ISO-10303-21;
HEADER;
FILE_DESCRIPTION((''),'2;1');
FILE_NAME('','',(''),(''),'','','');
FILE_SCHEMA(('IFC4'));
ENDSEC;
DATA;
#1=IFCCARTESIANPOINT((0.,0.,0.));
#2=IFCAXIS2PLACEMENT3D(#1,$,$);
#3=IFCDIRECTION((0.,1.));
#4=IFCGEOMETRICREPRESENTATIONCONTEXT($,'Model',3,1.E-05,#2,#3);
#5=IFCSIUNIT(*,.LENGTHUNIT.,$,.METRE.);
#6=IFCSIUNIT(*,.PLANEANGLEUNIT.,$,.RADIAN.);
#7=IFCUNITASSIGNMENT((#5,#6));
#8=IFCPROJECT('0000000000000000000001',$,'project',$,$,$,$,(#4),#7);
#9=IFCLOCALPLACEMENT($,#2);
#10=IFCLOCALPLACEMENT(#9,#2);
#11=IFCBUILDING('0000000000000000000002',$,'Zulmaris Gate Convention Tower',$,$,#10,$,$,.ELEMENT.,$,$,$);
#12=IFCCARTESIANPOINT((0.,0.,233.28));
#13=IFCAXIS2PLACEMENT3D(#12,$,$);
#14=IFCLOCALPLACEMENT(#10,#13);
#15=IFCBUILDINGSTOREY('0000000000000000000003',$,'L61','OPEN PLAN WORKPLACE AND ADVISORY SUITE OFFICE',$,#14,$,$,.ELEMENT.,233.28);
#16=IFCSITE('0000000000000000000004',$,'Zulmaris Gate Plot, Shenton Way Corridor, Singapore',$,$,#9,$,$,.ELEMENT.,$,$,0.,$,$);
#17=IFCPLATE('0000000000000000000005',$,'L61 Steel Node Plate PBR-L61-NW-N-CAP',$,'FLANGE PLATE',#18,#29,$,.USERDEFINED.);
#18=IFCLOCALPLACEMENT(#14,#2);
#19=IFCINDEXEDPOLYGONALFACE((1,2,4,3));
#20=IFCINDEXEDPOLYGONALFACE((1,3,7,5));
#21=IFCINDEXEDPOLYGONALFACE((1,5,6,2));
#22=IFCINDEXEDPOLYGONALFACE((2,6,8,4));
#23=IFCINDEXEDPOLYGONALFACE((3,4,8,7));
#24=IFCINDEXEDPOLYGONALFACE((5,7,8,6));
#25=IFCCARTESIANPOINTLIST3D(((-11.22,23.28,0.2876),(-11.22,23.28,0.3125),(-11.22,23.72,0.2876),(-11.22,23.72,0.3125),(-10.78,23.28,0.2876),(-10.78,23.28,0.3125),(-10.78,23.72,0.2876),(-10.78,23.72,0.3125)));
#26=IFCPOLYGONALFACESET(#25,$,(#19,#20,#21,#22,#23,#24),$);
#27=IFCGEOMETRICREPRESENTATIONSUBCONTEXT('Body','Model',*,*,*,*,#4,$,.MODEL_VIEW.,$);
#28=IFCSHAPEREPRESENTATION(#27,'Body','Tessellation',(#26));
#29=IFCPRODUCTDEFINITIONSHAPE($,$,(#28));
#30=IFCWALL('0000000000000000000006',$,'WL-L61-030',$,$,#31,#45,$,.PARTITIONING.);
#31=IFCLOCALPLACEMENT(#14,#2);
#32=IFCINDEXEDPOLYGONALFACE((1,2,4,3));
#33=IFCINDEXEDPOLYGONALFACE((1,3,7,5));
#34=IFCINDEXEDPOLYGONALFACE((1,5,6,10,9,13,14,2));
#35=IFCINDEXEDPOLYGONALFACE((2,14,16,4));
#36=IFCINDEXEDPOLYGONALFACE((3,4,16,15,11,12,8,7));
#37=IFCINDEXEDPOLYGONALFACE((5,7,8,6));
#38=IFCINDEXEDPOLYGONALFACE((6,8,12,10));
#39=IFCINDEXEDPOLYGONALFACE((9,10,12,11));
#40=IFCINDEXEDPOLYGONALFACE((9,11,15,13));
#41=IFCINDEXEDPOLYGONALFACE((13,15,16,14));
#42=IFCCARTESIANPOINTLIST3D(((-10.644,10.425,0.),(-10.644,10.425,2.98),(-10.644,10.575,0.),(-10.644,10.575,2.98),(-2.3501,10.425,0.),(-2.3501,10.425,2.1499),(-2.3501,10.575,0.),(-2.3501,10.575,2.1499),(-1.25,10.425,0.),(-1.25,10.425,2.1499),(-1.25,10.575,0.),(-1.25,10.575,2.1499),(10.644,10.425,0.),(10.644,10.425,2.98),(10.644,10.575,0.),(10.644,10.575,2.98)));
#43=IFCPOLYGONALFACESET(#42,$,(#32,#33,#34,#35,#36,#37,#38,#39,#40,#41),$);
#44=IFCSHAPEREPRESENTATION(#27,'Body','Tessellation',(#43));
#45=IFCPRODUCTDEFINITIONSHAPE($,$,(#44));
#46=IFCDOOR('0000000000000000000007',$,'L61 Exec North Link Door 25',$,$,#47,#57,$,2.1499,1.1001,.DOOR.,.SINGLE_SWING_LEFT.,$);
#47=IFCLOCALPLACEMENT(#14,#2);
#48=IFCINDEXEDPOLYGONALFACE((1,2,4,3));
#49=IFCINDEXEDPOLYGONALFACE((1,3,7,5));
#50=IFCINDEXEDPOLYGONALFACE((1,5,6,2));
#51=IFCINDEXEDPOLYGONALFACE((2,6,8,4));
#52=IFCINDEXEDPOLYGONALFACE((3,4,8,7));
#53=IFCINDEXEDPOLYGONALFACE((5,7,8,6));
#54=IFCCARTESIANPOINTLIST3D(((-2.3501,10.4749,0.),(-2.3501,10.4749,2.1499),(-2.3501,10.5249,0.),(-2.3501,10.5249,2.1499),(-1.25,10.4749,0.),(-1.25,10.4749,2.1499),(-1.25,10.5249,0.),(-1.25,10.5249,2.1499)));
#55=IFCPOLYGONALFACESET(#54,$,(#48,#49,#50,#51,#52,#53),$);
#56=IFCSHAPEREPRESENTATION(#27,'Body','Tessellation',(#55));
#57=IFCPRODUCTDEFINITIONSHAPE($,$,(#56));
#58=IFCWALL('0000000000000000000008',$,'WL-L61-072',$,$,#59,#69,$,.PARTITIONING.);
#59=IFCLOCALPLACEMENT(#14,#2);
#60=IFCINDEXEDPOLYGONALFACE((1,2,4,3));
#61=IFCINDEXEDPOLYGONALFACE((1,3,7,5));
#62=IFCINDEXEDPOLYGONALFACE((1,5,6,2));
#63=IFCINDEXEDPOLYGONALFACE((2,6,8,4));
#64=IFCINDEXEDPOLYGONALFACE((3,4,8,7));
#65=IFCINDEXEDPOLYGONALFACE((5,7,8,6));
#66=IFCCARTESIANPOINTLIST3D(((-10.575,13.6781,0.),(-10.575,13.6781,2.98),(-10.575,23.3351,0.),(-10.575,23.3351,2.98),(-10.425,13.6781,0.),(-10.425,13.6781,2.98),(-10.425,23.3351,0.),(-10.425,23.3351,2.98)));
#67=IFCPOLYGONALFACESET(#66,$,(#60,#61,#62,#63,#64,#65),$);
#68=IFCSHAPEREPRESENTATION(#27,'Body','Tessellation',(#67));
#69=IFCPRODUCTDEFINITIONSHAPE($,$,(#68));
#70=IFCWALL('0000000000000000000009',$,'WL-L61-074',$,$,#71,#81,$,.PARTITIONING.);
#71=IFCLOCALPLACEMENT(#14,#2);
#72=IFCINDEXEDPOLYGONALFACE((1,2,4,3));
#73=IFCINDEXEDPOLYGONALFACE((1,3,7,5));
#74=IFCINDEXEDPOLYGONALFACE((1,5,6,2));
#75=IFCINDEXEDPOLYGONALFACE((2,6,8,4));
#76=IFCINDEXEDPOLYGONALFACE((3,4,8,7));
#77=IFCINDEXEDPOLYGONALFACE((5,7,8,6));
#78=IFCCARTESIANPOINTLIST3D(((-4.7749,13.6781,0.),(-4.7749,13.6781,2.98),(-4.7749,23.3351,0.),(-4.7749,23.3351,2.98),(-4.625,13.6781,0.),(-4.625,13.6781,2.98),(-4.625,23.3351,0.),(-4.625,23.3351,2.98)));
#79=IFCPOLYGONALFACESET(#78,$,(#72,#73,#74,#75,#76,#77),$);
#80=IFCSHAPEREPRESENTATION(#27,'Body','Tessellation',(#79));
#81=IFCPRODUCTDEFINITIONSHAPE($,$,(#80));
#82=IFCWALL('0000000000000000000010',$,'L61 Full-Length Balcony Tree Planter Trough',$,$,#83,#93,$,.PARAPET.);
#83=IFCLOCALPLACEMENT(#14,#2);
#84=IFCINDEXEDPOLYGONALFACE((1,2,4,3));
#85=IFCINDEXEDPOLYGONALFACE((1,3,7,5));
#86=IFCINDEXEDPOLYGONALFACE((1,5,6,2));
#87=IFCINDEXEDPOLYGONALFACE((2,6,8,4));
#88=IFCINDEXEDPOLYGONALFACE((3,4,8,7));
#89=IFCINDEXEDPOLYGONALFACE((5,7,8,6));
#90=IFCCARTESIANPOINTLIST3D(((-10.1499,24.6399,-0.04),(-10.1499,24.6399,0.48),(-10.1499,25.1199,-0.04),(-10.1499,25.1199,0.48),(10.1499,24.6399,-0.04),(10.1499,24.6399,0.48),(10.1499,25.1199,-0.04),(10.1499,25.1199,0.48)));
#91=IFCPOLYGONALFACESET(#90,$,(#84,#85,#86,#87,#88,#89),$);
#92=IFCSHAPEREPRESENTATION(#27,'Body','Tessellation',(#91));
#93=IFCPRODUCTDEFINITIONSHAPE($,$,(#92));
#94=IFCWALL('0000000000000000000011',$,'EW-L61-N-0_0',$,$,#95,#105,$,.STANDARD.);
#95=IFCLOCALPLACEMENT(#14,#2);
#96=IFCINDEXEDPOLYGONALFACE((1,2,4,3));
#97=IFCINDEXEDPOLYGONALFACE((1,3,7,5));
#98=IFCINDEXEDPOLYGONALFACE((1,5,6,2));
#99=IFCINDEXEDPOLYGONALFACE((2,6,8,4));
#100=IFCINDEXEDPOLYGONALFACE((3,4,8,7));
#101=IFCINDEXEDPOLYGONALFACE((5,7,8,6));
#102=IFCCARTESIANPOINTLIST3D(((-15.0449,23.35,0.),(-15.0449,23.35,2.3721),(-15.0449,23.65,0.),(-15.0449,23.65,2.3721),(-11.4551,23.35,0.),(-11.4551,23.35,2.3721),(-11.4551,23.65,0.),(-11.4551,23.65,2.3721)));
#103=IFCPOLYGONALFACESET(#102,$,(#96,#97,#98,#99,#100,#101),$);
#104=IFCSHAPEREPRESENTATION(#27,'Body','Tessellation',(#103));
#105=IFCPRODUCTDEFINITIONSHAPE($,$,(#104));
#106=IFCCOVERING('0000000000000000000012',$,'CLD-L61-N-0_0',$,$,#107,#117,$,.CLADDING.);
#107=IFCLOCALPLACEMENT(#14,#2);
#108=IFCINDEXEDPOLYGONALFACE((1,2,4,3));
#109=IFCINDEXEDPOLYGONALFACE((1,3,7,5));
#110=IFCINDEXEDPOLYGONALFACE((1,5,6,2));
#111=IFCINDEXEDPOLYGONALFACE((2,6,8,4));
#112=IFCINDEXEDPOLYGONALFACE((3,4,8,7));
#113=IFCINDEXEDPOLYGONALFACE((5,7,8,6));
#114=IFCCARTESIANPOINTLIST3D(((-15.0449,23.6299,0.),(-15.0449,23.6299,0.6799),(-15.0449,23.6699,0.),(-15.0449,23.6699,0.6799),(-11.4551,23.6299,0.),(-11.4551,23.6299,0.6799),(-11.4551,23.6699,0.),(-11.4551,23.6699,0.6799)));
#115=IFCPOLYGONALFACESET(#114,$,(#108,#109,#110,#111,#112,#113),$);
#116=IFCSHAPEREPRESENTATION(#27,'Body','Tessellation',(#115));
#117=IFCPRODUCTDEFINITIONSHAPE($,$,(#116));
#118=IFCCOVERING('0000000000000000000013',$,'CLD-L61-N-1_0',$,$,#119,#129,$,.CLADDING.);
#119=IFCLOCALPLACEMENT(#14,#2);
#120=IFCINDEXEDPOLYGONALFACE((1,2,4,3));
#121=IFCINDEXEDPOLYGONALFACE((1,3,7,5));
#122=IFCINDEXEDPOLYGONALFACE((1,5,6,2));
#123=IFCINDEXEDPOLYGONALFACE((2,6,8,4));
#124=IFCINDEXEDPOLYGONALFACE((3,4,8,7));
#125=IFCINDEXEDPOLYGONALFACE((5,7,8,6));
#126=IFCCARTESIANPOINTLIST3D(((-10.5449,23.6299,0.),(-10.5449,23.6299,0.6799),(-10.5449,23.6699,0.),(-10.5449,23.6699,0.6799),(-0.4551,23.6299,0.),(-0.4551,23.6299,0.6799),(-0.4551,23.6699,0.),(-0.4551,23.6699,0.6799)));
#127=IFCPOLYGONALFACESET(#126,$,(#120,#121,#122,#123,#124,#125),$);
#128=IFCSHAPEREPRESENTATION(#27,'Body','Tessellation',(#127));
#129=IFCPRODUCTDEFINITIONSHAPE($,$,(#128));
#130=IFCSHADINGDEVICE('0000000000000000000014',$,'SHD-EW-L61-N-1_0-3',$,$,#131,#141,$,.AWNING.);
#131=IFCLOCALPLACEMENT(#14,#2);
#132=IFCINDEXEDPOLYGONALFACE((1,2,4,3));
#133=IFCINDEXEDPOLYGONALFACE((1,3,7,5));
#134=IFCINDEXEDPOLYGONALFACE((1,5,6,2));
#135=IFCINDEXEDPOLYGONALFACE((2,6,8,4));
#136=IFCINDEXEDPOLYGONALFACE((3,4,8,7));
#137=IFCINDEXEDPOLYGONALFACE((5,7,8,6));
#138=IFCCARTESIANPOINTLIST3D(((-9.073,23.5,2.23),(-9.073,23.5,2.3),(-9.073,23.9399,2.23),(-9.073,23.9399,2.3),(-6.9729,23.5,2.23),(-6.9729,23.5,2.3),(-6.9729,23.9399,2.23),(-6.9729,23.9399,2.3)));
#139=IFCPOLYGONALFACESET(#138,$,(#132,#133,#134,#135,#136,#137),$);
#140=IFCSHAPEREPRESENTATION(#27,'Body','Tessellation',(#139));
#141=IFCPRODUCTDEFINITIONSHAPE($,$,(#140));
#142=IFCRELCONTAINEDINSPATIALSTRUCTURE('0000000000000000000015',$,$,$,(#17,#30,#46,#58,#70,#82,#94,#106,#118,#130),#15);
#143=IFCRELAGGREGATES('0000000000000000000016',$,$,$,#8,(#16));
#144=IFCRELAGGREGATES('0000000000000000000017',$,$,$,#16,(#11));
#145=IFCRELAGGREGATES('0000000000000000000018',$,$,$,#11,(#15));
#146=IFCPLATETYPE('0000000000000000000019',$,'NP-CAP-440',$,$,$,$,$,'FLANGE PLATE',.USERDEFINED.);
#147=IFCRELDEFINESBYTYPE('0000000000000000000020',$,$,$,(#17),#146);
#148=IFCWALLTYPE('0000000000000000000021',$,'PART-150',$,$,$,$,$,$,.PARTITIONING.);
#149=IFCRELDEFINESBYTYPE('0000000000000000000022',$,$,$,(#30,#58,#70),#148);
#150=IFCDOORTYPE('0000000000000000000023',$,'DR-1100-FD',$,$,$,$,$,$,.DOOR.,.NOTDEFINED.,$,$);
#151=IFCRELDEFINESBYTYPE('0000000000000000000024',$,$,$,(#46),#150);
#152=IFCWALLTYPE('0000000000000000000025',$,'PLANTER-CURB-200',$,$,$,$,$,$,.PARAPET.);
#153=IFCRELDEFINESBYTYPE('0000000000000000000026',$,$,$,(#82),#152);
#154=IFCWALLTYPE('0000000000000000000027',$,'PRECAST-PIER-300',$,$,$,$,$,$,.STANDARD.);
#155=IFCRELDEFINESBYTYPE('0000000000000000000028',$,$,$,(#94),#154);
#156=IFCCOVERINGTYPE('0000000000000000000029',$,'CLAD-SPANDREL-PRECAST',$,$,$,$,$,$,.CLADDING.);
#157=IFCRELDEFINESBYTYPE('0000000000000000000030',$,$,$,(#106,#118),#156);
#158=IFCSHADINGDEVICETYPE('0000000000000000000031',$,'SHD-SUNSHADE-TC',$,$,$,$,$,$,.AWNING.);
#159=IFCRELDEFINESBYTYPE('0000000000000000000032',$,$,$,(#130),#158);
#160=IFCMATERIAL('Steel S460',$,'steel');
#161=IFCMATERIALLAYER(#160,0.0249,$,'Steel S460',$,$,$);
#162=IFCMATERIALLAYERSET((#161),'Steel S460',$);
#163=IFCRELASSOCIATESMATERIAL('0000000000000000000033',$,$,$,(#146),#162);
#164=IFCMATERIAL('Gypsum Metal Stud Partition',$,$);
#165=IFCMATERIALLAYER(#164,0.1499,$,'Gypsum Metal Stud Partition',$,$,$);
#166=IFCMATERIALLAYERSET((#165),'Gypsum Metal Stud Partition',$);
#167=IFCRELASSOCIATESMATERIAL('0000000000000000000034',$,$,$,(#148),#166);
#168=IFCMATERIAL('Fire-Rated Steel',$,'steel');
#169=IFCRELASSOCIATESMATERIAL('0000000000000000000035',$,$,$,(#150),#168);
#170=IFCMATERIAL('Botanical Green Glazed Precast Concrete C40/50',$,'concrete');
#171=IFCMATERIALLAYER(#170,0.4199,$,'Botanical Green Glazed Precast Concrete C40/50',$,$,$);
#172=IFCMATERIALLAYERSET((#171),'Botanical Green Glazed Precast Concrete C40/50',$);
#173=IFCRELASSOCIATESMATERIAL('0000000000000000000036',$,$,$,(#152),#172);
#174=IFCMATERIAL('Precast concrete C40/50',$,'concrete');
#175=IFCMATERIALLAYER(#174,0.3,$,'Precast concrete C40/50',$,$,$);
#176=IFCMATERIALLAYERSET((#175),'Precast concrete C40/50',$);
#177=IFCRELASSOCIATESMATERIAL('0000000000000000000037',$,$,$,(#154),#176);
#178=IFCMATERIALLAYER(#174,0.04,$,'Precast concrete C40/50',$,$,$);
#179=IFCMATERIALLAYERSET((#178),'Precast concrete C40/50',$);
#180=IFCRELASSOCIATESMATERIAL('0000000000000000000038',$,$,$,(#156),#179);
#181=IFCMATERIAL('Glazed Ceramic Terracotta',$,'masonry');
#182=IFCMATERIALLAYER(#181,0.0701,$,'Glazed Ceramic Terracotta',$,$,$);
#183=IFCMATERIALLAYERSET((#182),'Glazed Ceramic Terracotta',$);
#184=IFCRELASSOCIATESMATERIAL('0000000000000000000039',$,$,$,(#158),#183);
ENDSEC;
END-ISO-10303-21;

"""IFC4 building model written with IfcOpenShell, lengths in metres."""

from ifc_helpers import new_model, si_unit, direction, frame, frame_2d, origin, origin_2d, place, context, subcontext, project, spatial, rectangle, extrude, material, layer, layer_set, type_object, element, fill, save


model = new_model("IFC4")

# Units and contexts
model_context = context("Model", 3, precision=1e-05, world=origin(), true_north=direction((0.0, 1.0)))
body_context = subcontext(model_context, "Body", "Model", "MODEL_VIEW")
ifc_project = project(units=[si_unit("LENGTHUNIT", "METRE"), si_unit("PLANEANGLEUNIT", "RADIAN")], contexts=[model_context])

# Site, building, storey
site_placement = place(None, origin())
site = spatial("IfcSite", under=ifc_project, at=site_placement, Name="Zulmaris Gate Plot, Shenton Way Corridor, Singapore", CompositionType="ELEMENT", RefElevation=0.0)
building_placement = place(site_placement, origin())
building = spatial("IfcBuilding", under=site, at=building_placement, Name="Zulmaris Gate Convention Tower", CompositionType="ELEMENT")
storey_placement = place(building_placement, frame((0.0, 0.0, 233.28)))
storey = spatial("IfcBuildingStorey", under=building, at=storey_placement, Name="L61", Description="OPEN PLAN WORKPLACE AND ADVISORY SUITE OFFICE", CompositionType="ELEMENT", Elevation=233.28)

# Plate
ifc_material_1 = material(Name="Steel S460", Category="steel")
ifc_layer_1 = layer(ifc_material_1, 0.0249, Name="Steel S460")
ifc_layer_set_1 = layer_set([ifc_layer_1], Name="Steel S460")
plate_type = type_object("IfcPlateType", Name="NP-CAP-440", ElementType="FLANGE PLATE", PredefinedType="USERDEFINED", material=ifc_layer_set_1)
plate_placement = place(storey_placement, frame((-11.0, 23.5, 0.2876), z_axis=(0.0, 0.0, 1.0), x_axis=(1.0, 0.0, 0.0)))
element("IfcPlate", 1, at=plate_placement, inside=storey, type_object=plate_type, Name="L61 Steel Node Plate PBR-L61-NW-N-CAP", ObjectType="FLANGE PLATE", PredefinedType="USERDEFINED", context=body_context, shape_type="SweptSolid", body=[
    extrude(rectangle(XDim=0.4399, YDim=0.4399, at=origin_2d()), origin(), (0.0, 0.0, 1.0), 0.0249),
])

# Wall, opening, door
ifc_material_2 = material(Name="Gypsum Metal Stud Partition")
ifc_layer_2 = layer(ifc_material_2, 0.1499, Name="Gypsum Metal Stud Partition")
ifc_layer_set_2 = layer_set([ifc_layer_2], Name="Gypsum Metal Stud Partition")
wall_type_1 = type_object("IfcWallType", Name="PART-150", PredefinedType="PARTITIONING", material=ifc_layer_set_2)
wall_1_placement = place(storey_placement, frame((-10.644, 10.5, 0.0), z_axis=(0.0, 0.0, 1.0), x_axis=(1.0, 0.0, 0.0)))
wall_1 = element("IfcWall", 2, at=wall_1_placement, inside=storey, type_object=wall_type_1, Name="WL-L61-030", PredefinedType="PARTITIONING", context=body_context, shape_type="SweptSolid", body=[
    extrude(rectangle(XDim=21.2881, YDim=0.1499, at=frame_2d((10.644, 0.0))), origin(), (0.0, 0.0, 1.0), 2.98),
])
opening_1_placement = place(wall_1_placement, frame((8.2939, 0.0, 0.0)))
opening_1 = element("IfcOpeningElement", 3, at=opening_1_placement, cuts=wall_1, PredefinedType="OPENING", context=body_context, shape_type="SweptSolid", body=[
    extrude(rectangle(XDim=1.1001, YDim=2.1499, at=frame_2d((0.55, 1.075))), frame((0.0, 0.085, 0.0), z_axis=(0.0, -1.0, 0.0), x_axis=(1.0, 0.0, 0.0)), (0.0, 0.0, 1.0), 0.1699),
])
ifc_material_3 = material(Name="Fire-Rated Steel", Category="steel")
door_type_1 = type_object("IfcDoorType", Name="DR-1100-FD", OperationType="NOTDEFINED", PredefinedType="DOOR", material=ifc_material_3)
door_1_placement = place(opening_1_placement, origin())
door_1 = element("IfcDoor", 4, at=door_1_placement, inside=storey, type_object=door_type_1, Name="L61 Exec North Link Door 25", OperationType="SINGLE_SWING_LEFT", OverallHeight=2.1499, OverallWidth=1.1001, PredefinedType="DOOR", context=body_context, shape_type="SweptSolid", body=[
    extrude(rectangle(XDim=1.1001, YDim=2.1499, at=frame_2d((0.55, 1.075))), frame((0.0, 0.0249, 0.0), z_axis=(0.0, -1.0, 0.0), x_axis=(1.0, 0.0, 0.0)), (0.0, 0.0, 1.0), 0.05),
])
fill(opening_1, door_1)

# Walls
for number, where, z_axis, x_axis, name in (
    (5, (-10.5, 13.678, 0.0), (0.0, 0.0, 1.0), (0.0, 1.0, 0.0), "WL-L61-072"),
    (6, (-4.7, 13.678, 0.0), (0.0, 0.0, 1.0), (0.0, 1.0, 0.0), "WL-L61-074"),
):
    element("IfcWall", number, at=place(storey_placement, frame(where, z_axis=z_axis, x_axis=x_axis)), inside=storey, type_object=wall_type_1, Name=name, PredefinedType="PARTITIONING", context=body_context, shape_type="SweptSolid", body=[
        extrude(rectangle(XDim=9.657, YDim=0.1499, at=frame_2d((4.8286, 0.0))), origin(), (0.0, 0.0, 1.0), 2.98),
    ])
ifc_material_4 = material(Name="Botanical Green Glazed Precast Concrete C40/50", Category="concrete")
ifc_layer_3 = layer(ifc_material_4, 0.4199, Name="Botanical Green Glazed Precast Concrete C40/50")
ifc_layer_set_3 = layer_set([ifc_layer_3], Name="Botanical Green Glazed Precast Concrete C40/50")
wall_type_2 = type_object("IfcWallType", Name="PLANTER-CURB-200", PredefinedType="PARAPET", material=ifc_layer_set_3)
wall_2_placement = place(storey_placement, frame((-10.1499, 24.8799, -0.04), z_axis=(0.0, 0.0, 1.0), x_axis=(1.0, 0.0, 0.0)))
element("IfcWall", 7, at=wall_2_placement, inside=storey, type_object=wall_type_2, Name="L61 Full-Length Balcony Tree Planter Trough", PredefinedType="PARAPET", context=body_context, shape_type="SweptSolid", body=[
    extrude(rectangle(XDim=20.2998, YDim=0.48, at=frame_2d((10.1499, 0.0))), origin(), (0.0, 0.0, 1.0), 0.52),
])
ifc_material_5 = material(Name="Precast concrete C40/50", Category="concrete")
ifc_layer_4 = layer(ifc_material_5, 0.3, Name="Precast concrete C40/50")
ifc_layer_set_4 = layer_set([ifc_layer_4], Name="Precast concrete C40/50")
wall_type_3 = type_object("IfcWallType", Name="PRECAST-PIER-300", PredefinedType="STANDARD", material=ifc_layer_set_4)
wall_3_placement = place(storey_placement, frame((-11.4551, 23.5, 0.0), z_axis=(0.0, 0.0, 1.0), x_axis=(-1.0, 0.0, 0.0)))
element("IfcWall", 8, at=wall_3_placement, inside=storey, type_object=wall_type_3, Name="EW-L61-N-0_0", PredefinedType="STANDARD", context=body_context, shape_type="SweptSolid", body=[
    extrude(rectangle(XDim=3.5898, YDim=0.3, at=frame_2d((1.7949, 0.0))), origin(), (0.0, 0.0, 1.0), 2.3721),
])

# Coverings
ifc_layer_5 = layer(ifc_material_5, 0.04, Name="Precast concrete C40/50")
ifc_layer_set_5 = layer_set([ifc_layer_5], Name="Precast concrete C40/50")
covering_type = type_object("IfcCoveringType", Name="CLAD-SPANDREL-PRECAST", PredefinedType="CLADDING", material=ifc_layer_set_5)
covering_1_placement = place(storey_placement, frame((-11.4551, 23.6499, 0.0), z_axis=(0.0, 0.0, 1.0), x_axis=(-1.0, 0.0, 0.0)))
element("IfcCovering", 9, at=covering_1_placement, inside=storey, type_object=covering_type, Name="CLD-L61-N-0_0", PredefinedType="CLADDING", context=body_context, shape_type="SweptSolid", body=[
    extrude(rectangle(XDim=3.5898, YDim=0.04, at=frame_2d((1.7949, 0.0))), origin(), (0.0, 0.0, 1.0), 0.6799),
])
covering_2_placement = place(storey_placement, frame((-0.4551, 23.6499, 0.0), z_axis=(0.0, 0.0, 1.0), x_axis=(-1.0, 0.0, 0.0)))
element("IfcCovering", 10, at=covering_2_placement, inside=storey, type_object=covering_type, Name="CLD-L61-N-1_0", PredefinedType="CLADDING", context=body_context, shape_type="SweptSolid", body=[
    extrude(rectangle(XDim=10.0898, YDim=0.04, at=frame_2d((5.0449, 0.0))), origin(), (0.0, 0.0, 1.0), 0.6799),
])

# Shading device
ifc_material_6 = material(Name="Glazed Ceramic Terracotta", Category="masonry")
ifc_layer_6 = layer(ifc_material_6, 0.0701, Name="Glazed Ceramic Terracotta")
ifc_layer_set_6 = layer_set([ifc_layer_6], Name="Glazed Ceramic Terracotta")
shading_device_type = type_object("IfcShadingDeviceType", Name="SHD-SUNSHADE-TC", PredefinedType="AWNING", material=ifc_layer_set_6)
shading_device_placement = place(storey_placement, frame((-6.9729, 23.72, 2.23), z_axis=(0.0, 0.0, 1.0), x_axis=(-1.0, 0.0, 0.0)))
element("IfcShadingDevice", 11, at=shading_device_placement, inside=storey, type_object=shading_device_type, Name="SHD-EW-L61-N-1_0-3", PredefinedType="AWNING", context=body_context, shape_type="SweptSolid", body=[
    extrude(rectangle(XDim=2.1001, YDim=0.4399, at=frame_2d((1.05, 0.0))), origin(), (0.0, 0.0, 1.0), 0.0701),
])

save(model, "model.ifc")
